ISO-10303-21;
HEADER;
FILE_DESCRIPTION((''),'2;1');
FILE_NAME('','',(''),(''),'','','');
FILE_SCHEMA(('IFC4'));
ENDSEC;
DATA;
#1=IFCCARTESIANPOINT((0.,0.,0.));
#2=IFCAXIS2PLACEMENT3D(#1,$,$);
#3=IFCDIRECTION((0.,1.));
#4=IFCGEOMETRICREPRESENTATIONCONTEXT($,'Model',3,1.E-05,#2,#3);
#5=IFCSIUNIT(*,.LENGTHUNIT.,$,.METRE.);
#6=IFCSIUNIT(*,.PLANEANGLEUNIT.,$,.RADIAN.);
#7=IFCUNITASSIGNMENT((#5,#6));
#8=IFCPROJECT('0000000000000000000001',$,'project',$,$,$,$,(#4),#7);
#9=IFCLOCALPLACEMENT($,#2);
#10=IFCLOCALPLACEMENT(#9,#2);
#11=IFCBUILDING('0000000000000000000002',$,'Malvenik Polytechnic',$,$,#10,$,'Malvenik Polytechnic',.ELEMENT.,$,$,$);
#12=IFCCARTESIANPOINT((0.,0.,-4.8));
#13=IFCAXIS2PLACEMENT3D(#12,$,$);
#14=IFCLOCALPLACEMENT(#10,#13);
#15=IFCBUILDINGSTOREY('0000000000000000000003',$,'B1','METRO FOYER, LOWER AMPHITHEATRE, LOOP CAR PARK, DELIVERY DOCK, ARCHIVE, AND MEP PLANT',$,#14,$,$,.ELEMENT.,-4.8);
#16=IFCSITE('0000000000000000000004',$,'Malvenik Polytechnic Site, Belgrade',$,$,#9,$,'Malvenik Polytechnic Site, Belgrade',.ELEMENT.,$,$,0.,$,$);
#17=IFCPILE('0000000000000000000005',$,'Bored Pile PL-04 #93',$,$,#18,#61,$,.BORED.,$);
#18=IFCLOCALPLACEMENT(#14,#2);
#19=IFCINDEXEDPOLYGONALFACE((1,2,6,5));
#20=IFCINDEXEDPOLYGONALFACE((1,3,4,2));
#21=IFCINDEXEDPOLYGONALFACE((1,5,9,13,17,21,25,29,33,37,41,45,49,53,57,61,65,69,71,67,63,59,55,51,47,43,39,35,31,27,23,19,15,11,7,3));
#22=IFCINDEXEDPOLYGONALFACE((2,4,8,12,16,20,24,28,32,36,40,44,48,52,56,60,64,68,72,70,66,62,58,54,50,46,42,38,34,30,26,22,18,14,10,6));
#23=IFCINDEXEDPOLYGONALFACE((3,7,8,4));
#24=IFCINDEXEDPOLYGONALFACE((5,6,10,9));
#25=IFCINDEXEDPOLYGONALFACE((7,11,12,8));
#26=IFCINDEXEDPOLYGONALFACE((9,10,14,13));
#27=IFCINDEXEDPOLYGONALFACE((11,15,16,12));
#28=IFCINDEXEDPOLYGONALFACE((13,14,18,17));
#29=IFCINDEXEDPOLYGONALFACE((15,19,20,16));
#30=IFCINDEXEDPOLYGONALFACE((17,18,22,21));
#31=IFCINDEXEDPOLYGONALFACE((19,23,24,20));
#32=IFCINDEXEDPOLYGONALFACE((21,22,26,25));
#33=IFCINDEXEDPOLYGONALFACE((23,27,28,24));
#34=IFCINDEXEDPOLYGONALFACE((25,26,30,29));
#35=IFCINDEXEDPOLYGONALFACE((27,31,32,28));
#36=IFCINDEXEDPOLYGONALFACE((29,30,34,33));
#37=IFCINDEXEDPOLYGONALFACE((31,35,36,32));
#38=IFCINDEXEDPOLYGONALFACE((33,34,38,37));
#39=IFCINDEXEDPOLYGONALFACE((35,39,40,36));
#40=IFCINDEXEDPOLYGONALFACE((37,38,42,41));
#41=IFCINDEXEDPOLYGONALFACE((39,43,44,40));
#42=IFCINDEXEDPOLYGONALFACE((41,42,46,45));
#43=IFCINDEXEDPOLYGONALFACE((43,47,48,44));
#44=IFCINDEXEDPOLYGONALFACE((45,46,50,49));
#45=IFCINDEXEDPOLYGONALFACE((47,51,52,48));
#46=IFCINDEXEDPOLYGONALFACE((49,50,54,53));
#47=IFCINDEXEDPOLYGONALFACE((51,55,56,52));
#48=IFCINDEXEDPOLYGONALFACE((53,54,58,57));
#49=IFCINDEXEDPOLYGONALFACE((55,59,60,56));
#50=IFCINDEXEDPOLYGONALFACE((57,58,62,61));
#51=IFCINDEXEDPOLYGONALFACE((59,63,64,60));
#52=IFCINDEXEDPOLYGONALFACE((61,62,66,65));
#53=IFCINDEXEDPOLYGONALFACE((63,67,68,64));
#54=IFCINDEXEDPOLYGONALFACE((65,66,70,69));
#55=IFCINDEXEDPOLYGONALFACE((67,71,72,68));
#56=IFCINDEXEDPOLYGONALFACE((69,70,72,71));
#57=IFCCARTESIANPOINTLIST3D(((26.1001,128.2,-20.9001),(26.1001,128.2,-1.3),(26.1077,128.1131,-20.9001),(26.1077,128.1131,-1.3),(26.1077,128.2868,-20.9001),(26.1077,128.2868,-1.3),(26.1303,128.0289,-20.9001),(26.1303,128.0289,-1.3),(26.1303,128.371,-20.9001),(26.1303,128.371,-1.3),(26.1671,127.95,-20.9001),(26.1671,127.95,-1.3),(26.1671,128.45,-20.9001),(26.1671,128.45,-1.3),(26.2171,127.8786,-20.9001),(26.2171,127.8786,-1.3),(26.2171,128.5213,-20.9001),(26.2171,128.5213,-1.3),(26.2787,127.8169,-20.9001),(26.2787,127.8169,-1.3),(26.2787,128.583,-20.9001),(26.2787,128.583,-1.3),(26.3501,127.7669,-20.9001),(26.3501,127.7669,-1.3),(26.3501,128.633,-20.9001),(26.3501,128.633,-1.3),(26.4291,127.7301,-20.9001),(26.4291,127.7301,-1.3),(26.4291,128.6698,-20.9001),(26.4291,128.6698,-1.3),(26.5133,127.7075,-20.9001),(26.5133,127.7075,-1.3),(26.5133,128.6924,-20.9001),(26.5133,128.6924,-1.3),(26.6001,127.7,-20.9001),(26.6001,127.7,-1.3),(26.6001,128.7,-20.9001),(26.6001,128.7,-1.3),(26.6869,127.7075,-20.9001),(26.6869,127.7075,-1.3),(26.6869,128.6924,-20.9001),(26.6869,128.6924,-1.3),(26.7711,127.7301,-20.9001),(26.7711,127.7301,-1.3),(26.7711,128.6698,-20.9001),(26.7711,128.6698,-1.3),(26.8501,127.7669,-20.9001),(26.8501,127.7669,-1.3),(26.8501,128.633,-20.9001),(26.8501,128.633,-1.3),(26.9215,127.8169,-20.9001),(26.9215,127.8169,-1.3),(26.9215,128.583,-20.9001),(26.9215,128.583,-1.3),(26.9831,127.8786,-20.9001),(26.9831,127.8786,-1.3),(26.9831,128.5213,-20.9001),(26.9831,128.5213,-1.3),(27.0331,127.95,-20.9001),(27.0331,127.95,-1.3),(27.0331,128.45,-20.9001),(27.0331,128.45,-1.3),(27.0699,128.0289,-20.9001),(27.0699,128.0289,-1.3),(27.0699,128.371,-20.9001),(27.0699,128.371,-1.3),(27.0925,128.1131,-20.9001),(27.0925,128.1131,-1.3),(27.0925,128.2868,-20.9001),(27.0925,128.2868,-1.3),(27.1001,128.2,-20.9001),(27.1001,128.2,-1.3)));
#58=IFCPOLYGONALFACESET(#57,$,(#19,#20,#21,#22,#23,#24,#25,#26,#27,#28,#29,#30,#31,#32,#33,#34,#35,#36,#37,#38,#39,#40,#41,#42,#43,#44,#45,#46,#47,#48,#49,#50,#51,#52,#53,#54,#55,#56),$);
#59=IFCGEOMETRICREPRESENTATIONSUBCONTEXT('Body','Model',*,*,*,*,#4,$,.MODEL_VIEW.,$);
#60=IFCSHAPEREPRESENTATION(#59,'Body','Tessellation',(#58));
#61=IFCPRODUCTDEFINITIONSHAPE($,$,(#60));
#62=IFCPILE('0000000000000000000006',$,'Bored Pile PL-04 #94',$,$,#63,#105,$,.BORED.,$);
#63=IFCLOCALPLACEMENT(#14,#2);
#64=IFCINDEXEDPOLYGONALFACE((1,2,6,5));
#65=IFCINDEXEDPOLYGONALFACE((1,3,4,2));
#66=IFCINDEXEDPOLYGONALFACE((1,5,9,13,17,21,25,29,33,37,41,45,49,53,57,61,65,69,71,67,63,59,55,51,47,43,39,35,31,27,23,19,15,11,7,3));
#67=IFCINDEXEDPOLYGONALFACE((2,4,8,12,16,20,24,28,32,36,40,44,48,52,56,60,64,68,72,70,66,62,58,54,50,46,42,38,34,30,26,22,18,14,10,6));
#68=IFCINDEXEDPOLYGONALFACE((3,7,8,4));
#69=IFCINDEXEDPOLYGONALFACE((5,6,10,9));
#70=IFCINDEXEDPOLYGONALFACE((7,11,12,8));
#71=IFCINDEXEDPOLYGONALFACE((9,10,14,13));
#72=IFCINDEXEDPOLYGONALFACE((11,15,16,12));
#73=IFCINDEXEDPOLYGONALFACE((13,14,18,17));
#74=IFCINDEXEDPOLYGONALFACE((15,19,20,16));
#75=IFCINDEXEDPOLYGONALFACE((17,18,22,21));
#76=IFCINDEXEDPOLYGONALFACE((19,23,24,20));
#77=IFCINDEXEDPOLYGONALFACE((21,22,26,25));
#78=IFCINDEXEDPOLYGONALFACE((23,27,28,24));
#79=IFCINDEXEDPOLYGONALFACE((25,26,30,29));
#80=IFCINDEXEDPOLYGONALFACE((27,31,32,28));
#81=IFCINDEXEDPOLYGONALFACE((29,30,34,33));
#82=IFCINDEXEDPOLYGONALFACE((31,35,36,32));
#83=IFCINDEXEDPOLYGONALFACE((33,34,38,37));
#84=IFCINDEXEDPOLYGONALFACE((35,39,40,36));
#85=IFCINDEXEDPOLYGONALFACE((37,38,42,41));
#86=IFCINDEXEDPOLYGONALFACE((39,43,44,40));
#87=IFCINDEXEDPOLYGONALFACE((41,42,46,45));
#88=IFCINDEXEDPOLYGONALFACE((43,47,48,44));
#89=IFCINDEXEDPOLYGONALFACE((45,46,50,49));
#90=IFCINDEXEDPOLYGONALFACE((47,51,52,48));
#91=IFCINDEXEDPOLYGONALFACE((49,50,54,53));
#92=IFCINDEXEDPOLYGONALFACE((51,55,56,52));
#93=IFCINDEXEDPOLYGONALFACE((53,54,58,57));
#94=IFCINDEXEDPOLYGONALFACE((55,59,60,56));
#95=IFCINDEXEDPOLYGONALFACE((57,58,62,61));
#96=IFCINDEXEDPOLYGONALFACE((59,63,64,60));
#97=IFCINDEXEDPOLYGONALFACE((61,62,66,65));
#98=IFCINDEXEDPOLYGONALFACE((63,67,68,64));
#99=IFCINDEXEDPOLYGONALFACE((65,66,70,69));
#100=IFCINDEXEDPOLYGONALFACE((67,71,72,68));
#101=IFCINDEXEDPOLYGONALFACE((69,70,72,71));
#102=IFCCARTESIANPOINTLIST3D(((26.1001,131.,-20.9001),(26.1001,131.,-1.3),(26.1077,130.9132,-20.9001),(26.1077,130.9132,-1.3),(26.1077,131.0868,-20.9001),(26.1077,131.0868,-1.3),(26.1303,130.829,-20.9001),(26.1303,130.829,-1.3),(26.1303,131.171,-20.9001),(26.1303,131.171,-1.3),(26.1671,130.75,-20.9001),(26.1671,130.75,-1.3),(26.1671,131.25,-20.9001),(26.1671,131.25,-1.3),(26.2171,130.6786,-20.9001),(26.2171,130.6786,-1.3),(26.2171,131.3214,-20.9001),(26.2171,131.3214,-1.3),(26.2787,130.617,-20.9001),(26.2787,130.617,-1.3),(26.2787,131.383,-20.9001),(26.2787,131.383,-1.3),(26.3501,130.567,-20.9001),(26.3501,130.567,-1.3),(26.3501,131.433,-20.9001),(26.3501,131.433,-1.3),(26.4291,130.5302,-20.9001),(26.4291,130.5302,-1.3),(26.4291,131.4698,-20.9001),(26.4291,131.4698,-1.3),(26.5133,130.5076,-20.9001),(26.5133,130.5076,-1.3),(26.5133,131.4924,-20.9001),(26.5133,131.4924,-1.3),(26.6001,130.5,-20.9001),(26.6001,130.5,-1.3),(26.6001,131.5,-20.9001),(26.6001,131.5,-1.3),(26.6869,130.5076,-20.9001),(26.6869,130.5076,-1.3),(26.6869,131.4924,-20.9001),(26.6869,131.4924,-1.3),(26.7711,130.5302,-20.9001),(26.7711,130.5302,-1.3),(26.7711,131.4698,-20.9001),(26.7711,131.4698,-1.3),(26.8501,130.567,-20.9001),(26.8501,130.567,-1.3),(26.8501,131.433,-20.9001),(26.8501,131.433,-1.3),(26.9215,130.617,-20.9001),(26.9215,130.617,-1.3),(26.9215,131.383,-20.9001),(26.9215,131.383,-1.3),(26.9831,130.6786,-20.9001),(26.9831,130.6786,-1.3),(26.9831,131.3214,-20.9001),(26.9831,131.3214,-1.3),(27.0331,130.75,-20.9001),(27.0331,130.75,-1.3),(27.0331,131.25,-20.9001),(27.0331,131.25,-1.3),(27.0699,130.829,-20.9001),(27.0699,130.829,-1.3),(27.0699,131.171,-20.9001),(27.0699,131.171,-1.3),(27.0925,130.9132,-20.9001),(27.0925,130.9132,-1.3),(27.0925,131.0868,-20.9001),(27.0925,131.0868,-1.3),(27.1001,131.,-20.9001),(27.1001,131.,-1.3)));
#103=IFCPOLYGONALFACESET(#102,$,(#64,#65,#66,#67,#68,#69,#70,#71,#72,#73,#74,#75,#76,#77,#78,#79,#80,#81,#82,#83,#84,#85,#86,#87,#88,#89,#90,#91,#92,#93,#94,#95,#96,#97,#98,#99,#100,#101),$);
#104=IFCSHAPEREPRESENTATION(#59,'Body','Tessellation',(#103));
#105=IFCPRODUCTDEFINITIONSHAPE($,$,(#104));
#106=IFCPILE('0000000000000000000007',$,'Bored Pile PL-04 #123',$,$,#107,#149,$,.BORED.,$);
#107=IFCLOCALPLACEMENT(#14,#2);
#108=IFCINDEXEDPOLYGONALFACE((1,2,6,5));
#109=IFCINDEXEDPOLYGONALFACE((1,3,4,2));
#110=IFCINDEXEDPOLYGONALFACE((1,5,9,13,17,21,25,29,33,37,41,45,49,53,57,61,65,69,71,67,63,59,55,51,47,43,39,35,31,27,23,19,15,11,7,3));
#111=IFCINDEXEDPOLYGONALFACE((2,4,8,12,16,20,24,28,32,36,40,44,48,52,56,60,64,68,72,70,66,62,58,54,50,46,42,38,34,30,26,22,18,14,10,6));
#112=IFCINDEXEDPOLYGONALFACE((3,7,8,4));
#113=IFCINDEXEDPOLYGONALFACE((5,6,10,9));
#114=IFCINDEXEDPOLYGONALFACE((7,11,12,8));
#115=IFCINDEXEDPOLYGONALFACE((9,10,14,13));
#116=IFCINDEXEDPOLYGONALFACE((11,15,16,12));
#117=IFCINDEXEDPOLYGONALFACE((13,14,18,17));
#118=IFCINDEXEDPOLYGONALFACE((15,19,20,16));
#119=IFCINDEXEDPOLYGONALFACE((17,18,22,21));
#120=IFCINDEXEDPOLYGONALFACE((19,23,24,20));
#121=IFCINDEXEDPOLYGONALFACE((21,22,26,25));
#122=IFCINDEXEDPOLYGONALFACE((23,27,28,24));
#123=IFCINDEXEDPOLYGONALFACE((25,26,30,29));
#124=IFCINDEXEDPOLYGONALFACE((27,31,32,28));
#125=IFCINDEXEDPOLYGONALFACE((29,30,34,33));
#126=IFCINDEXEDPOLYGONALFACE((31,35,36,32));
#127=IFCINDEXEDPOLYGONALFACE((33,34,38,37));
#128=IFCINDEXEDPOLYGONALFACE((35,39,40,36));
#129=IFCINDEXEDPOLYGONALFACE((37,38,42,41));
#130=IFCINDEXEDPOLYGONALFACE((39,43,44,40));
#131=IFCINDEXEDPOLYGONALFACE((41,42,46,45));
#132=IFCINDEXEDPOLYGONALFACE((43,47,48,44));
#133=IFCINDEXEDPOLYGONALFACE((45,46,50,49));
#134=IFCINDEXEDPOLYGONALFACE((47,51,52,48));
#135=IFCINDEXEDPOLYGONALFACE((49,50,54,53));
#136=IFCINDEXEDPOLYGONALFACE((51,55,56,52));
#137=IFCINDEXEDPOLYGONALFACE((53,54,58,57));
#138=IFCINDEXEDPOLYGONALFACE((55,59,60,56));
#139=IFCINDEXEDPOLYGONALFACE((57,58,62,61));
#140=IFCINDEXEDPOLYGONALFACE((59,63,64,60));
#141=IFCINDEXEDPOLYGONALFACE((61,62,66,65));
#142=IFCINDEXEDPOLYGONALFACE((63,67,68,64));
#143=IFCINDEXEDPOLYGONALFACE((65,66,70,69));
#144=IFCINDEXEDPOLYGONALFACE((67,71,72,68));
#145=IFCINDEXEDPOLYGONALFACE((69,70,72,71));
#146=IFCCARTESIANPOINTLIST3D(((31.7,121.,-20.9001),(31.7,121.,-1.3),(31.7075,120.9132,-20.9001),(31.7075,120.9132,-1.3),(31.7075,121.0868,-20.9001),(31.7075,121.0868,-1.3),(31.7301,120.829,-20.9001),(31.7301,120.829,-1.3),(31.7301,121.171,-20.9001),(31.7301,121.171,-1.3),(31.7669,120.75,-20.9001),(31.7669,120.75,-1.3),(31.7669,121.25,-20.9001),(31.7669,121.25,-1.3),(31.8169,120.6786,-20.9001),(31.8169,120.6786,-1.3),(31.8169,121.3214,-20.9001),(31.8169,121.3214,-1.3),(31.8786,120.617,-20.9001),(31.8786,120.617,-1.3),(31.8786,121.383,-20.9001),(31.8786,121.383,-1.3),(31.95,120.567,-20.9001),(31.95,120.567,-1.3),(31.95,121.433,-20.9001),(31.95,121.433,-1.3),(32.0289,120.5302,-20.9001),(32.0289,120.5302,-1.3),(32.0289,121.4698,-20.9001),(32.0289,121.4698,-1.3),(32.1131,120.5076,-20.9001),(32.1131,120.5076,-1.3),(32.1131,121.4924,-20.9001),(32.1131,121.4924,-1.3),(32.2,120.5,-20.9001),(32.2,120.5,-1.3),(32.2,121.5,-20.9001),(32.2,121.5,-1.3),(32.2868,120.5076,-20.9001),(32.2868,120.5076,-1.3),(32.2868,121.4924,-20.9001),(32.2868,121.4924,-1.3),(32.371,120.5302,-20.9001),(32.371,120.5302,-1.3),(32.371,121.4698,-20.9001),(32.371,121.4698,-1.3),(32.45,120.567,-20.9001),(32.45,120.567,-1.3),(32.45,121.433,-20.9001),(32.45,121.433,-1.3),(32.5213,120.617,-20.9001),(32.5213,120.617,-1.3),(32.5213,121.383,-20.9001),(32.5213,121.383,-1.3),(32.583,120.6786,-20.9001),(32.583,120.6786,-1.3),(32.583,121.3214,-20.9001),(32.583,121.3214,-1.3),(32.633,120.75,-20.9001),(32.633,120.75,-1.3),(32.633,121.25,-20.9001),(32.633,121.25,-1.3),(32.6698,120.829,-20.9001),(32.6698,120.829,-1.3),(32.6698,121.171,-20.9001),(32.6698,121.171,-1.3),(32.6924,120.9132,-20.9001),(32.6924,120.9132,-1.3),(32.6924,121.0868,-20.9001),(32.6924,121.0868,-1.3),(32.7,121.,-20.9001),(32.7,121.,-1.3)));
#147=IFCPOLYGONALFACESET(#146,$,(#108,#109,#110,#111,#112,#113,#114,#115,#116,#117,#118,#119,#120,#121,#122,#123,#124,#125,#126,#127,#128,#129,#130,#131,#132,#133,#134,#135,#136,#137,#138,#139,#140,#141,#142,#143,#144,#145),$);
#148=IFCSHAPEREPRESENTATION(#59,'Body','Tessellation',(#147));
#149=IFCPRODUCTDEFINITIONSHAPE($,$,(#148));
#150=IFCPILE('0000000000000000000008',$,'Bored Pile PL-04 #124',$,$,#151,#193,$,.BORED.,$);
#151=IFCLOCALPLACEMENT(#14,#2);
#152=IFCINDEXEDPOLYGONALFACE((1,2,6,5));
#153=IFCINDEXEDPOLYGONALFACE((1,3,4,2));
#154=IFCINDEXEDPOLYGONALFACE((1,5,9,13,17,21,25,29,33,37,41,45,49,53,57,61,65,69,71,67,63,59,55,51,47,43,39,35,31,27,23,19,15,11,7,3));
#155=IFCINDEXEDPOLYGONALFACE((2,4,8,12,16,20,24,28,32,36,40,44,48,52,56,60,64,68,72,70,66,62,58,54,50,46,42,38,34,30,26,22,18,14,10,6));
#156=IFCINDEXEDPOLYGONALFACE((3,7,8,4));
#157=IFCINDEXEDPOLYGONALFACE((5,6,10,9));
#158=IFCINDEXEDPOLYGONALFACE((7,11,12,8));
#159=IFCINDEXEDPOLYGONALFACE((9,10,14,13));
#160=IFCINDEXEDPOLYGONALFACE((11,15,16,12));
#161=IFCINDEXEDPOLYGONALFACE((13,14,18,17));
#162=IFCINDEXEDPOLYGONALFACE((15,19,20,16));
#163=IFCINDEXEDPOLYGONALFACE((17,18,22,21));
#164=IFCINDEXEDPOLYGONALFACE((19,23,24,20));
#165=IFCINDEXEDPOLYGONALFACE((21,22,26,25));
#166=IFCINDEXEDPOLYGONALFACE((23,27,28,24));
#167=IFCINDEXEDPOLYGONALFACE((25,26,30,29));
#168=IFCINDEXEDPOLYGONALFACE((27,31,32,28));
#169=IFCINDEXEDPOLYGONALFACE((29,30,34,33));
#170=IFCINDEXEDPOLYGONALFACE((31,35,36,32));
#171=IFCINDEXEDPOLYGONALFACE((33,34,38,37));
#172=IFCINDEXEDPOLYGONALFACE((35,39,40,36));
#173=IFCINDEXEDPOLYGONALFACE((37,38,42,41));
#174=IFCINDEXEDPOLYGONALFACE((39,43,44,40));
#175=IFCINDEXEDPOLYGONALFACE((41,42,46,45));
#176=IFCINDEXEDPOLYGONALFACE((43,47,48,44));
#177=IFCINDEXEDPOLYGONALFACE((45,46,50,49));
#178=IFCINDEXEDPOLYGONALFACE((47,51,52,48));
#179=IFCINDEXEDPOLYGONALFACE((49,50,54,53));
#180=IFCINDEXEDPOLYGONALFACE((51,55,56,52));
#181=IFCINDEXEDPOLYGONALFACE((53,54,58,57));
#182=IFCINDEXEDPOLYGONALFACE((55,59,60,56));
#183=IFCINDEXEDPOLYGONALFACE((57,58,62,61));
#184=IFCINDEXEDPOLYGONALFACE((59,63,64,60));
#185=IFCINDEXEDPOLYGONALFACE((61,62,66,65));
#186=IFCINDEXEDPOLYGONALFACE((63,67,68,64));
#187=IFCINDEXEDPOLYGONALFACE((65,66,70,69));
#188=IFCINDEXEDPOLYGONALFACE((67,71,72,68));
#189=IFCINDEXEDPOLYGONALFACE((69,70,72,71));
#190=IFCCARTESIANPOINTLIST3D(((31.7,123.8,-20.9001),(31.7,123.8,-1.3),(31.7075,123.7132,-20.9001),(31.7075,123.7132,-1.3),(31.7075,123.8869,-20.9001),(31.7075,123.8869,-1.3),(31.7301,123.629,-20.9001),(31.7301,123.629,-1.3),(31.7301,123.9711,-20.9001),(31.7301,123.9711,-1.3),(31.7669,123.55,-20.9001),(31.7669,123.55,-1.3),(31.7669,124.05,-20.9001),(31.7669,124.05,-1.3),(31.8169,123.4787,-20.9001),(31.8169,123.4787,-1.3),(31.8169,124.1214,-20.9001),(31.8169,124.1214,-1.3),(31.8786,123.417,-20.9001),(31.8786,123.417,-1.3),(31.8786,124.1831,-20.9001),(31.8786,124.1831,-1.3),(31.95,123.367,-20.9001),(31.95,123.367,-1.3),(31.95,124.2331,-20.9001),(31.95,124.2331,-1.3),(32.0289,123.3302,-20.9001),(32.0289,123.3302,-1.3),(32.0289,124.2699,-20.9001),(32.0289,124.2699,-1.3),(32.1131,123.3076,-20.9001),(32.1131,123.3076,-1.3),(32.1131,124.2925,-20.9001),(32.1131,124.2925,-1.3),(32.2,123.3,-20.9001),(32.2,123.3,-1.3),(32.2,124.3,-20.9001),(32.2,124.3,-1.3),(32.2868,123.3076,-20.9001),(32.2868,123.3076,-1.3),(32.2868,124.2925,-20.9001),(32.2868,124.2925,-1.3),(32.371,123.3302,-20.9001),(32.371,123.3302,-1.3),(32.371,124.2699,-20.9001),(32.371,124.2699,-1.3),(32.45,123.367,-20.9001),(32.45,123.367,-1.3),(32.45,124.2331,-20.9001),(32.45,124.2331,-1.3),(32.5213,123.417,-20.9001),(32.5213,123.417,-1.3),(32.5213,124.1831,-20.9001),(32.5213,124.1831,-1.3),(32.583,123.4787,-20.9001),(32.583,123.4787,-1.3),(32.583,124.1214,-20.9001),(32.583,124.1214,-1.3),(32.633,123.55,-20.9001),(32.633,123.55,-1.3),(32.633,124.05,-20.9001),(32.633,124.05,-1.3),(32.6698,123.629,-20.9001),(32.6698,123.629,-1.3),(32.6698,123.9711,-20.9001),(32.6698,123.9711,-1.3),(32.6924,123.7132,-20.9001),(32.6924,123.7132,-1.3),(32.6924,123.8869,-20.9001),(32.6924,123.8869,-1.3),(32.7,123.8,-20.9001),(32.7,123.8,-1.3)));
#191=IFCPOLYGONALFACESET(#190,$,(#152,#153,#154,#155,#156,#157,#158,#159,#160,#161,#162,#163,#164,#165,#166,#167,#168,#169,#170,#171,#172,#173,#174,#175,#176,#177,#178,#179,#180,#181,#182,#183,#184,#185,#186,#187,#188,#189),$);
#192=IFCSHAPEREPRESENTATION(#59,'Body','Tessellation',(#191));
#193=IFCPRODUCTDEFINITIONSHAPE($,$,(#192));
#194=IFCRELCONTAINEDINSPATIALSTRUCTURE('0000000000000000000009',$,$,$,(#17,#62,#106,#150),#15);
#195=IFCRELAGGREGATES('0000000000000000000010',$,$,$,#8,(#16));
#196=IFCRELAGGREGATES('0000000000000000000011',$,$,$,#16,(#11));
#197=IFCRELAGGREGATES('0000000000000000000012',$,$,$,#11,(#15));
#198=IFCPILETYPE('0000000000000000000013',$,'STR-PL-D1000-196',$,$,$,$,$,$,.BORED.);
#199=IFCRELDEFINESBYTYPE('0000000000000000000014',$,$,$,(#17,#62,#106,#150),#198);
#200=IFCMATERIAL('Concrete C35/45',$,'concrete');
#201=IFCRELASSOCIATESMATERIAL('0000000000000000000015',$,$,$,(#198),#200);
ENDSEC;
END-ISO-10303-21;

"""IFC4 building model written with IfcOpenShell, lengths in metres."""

from ifc_helpers import new_model, si_unit, direction, frame, origin, origin_2d, place, context, subcontext, project, spatial, circle, extrude, material, material_profile, profile_set, type_object, element, save


model = new_model("IFC4")

# Units and contexts
model_context = context("Model", 3, precision=1e-05, world=origin(), true_north=direction((0.0, 1.0)))
body_context = subcontext(model_context, "Body", "Model", "MODEL_VIEW")
ifc_project = project(units=[si_unit("LENGTHUNIT", "METRE"), si_unit("PLANEANGLEUNIT", "RADIAN")], contexts=[model_context])

# Site, building, storey
site_placement = place(None, origin())
site = spatial("IfcSite", under=ifc_project, at=site_placement, Name="Malvenik Polytechnic Site, Belgrade", LongName="Malvenik Polytechnic Site, Belgrade", CompositionType="ELEMENT", RefElevation=0.0)
building_placement = place(site_placement, origin())
building = spatial("IfcBuilding", under=site, at=building_placement, Name="Malvenik Polytechnic", LongName="Malvenik Polytechnic", CompositionType="ELEMENT")
storey_placement = place(building_placement, frame((0.0, 0.0, -4.8)))
storey = spatial("IfcBuildingStorey", under=building, at=storey_placement, Name="B1", Description="METRO FOYER, LOWER AMPHITHEATRE, LOOP CAR PARK, DELIVERY DOCK, ARCHIVE, AND MEP PLANT", CompositionType="ELEMENT", Elevation=-4.8)

# Shared definitions
ifc_material_1 = material(Name="Concrete C35/45", Category="concrete")

# Piles
ifc_material_profile_1 = material_profile(ifc_material_1, circle(Radius=0.5, at=origin_2d()), Name="BORED PILE D1000")
ifc_profile_set_1 = profile_set([ifc_material_profile_1], Name="Concrete C35/45")
pile_type = type_object("IfcPileType", Name="STR-PL-D1000-196", PredefinedType="BORED", material=ifc_profile_set_1)
for number, where, z_axis, x_axis, name in (
    (1, (26.6001, 128.2, -1.3), (0.0, 0.0, -1.0), (1.0, 0.0, 0.0), "Bored Pile PL-04 #93"),
    (2, (26.6001, 131.0, -1.3), (0.0, 0.0, -1.0), (1.0, 0.0, 0.0), "Bored Pile PL-04 #94"),
    (3, (32.2, 121.0, -1.3), (0.0, 0.0, -1.0), (1.0, 0.0, 0.0), "Bored Pile PL-04 #123"),
    (4, (32.2, 123.8, -1.3), (0.0, 0.0, -1.0), (1.0, 0.0, 0.0), "Bored Pile PL-04 #124"),
):
    element("IfcPile", number, at=place(storey_placement, frame(where, z_axis=z_axis, x_axis=x_axis)), inside=storey, type_object=pile_type, Name=name, PredefinedType="BORED", context=body_context, shape_type="SweptSolid", body=[
        extrude(circle(Radius=0.5, at=origin_2d()), origin(), (0.0, 0.0, 1.0), 19.6001),
    ])

save(model, "model.ifc")
